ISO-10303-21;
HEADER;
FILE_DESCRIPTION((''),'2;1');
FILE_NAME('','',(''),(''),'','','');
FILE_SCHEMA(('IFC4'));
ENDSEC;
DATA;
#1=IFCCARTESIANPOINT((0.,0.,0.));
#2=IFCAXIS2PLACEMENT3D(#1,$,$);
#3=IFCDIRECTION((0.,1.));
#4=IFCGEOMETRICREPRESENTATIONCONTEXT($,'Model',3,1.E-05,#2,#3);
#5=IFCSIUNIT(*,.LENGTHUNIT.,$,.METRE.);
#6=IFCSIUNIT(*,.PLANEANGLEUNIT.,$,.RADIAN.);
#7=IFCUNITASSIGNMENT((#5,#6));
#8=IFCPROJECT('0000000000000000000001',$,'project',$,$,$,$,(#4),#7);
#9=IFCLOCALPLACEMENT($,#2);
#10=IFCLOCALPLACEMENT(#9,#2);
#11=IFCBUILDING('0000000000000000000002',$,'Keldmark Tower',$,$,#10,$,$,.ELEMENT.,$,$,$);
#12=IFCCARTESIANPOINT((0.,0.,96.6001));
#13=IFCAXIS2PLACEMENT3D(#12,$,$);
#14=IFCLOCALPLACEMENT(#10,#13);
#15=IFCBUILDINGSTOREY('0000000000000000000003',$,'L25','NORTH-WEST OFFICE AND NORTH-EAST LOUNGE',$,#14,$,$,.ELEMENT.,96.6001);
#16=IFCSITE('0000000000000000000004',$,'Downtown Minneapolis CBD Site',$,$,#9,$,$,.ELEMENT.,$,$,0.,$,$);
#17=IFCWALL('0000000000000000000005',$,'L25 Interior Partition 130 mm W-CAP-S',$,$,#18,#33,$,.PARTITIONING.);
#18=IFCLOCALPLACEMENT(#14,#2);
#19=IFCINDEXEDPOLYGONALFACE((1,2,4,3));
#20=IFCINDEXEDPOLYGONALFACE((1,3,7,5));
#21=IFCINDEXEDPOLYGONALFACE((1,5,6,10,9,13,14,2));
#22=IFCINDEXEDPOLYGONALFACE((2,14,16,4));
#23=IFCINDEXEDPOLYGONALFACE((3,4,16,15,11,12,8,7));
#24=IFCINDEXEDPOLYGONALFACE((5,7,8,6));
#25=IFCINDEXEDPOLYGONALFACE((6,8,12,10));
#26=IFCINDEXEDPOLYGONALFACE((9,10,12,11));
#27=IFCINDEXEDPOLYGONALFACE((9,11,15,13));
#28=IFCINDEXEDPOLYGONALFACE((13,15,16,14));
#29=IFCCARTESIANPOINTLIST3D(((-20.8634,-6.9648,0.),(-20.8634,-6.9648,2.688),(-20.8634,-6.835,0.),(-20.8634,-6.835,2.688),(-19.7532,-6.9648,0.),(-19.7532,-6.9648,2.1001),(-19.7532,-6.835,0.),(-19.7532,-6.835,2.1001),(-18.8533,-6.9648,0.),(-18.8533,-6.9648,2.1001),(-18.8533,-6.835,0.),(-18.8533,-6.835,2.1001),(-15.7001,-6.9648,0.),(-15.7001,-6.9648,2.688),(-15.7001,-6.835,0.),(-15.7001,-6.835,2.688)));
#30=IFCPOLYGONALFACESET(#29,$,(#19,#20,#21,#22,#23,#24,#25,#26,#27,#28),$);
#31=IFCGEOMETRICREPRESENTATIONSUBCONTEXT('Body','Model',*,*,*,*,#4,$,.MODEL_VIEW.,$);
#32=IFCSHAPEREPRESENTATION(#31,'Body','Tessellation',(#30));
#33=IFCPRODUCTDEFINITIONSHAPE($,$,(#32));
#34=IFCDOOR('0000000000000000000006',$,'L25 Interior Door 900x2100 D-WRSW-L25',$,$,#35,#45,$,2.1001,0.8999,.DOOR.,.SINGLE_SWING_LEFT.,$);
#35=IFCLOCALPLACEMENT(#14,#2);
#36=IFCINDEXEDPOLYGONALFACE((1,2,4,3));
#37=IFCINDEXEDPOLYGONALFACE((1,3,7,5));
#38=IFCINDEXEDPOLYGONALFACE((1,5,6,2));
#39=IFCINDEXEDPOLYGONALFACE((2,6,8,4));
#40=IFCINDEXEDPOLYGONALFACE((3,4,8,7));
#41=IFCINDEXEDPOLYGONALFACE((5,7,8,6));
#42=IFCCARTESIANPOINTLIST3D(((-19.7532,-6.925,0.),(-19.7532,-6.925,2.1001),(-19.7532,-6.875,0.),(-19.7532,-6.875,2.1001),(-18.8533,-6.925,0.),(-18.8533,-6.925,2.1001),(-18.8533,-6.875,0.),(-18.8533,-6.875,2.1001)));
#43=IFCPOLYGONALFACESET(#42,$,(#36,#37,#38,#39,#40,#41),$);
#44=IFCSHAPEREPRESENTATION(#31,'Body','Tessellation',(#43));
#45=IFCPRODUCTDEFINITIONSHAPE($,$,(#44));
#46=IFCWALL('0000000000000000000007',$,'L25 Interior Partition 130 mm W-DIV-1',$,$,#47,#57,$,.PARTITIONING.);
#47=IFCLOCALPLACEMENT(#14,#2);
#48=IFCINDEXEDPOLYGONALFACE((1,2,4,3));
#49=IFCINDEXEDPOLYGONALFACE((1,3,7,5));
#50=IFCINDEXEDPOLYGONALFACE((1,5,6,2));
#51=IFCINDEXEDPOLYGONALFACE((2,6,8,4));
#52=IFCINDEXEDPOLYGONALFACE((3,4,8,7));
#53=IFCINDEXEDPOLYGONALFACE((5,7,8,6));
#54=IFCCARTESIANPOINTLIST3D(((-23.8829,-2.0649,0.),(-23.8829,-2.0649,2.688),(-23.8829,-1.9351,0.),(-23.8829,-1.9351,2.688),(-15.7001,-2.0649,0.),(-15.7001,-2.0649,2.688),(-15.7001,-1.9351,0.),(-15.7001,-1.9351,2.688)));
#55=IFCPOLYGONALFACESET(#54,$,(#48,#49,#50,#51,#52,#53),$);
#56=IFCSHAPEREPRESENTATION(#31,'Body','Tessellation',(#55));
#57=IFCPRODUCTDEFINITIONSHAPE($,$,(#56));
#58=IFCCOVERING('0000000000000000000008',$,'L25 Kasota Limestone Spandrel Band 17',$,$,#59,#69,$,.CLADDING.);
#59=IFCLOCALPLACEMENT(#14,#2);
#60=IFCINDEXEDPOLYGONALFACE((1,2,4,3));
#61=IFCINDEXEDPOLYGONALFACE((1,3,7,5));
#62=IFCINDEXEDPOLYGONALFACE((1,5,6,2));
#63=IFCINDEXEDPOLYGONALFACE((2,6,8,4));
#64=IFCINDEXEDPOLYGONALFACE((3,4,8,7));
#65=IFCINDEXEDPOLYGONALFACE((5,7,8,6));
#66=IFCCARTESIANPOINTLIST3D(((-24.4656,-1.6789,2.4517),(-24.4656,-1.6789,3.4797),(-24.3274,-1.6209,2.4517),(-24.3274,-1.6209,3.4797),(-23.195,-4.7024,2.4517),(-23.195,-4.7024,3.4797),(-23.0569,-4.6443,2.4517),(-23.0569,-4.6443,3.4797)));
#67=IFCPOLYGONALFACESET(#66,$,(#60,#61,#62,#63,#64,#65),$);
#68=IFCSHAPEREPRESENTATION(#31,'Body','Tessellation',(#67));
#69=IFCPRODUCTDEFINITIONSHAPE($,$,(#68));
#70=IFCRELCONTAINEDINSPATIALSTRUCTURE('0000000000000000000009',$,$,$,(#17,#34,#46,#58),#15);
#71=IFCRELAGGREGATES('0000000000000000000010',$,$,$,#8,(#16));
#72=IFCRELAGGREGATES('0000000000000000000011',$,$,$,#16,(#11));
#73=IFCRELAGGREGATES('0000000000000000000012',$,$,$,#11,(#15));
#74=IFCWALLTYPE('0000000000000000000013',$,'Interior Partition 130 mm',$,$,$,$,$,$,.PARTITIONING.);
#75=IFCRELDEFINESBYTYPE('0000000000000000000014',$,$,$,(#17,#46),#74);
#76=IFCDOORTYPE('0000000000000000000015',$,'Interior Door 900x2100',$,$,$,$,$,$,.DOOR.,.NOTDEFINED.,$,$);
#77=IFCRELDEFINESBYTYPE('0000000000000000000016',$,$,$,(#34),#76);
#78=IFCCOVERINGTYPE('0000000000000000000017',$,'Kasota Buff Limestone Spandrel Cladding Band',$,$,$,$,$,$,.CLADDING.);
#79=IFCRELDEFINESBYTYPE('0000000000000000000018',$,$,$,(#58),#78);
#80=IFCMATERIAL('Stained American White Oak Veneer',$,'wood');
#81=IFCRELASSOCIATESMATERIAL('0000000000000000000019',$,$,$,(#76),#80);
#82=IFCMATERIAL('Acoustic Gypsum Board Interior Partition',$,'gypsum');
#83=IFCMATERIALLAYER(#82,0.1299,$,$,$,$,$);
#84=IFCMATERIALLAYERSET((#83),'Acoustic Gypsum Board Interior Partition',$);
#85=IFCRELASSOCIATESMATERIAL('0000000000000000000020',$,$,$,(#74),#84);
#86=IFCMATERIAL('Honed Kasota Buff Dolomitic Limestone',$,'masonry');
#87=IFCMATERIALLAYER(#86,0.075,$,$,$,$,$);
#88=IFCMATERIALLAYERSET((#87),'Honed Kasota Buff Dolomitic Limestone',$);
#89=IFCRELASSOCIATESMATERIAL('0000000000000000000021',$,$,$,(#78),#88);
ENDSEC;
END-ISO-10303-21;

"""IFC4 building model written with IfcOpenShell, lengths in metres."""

from ifc_helpers import new_model, si_unit, direction, frame, frame_2d, origin, origin_2d, place, context, subcontext, project, spatial, rectangle, extrude, material, layer, layer_set, type_object, element, fill, save


model = new_model("IFC4")

# Units and contexts
model_context = context("Model", 3, precision=1e-05, world=origin(), true_north=direction((0.0, 1.0)))
body_context = subcontext(model_context, "Body", "Model", "MODEL_VIEW")
ifc_project = project(units=[si_unit("LENGTHUNIT", "METRE"), si_unit("PLANEANGLEUNIT", "RADIAN")], contexts=[model_context])

# Site, building, storey
site_placement = place(None, origin())
site = spatial("IfcSite", under=ifc_project, at=site_placement, Name="Downtown Minneapolis CBD Site", CompositionType="ELEMENT", RefElevation=0.0)
building_placement = place(site_placement, origin())
building = spatial("IfcBuilding", under=site, at=building_placement, Name="Keldmark Tower", CompositionType="ELEMENT")
storey_placement = place(building_placement, frame((0.0, 0.0, 96.6001)))
storey = spatial("IfcBuildingStorey", under=building, at=storey_placement, Name="L25", Description="NORTH-WEST OFFICE AND NORTH-EAST LOUNGE", CompositionType="ELEMENT", Elevation=96.6001)

# Shared definitions
ifc_material_1 = material(Name="Stained American White Oak Veneer", Category="wood")
door_type_1 = type_object("IfcDoorType", Name="Interior Door 900x2100", OperationType="NOTDEFINED", PredefinedType="DOOR", material=ifc_material_1)

# Wall, opening, door
ifc_material_2 = material(Name="Acoustic Gypsum Board Interior Partition", Category="gypsum")
ifc_layer_1 = layer(ifc_material_2, 0.1299)
ifc_layer_set_1 = layer_set([ifc_layer_1], Name="Acoustic Gypsum Board Interior Partition")
wall_type_1 = type_object("IfcWallType", Name="Interior Partition 130 mm", PredefinedType="PARTITIONING", material=ifc_layer_set_1)
wall_1_placement = place(storey_placement, frame((-20.8633, -6.8999, 0.0), z_axis=(0.0, 0.0, 1.0), x_axis=(1.0, 0.0, 0.0)))
wall_1 = element("IfcWall", 1, at=wall_1_placement, inside=storey, type_object=wall_type_1, Name="L25 Interior Partition 130 mm W-CAP-S", PredefinedType="PARTITIONING", context=body_context, shape_type="SweptSolid", body=[
    extrude(rectangle(XDim=5.1633, YDim=0.1299, at=frame_2d((2.5815, 0.0))), origin(), (0.0, 0.0, 1.0), 2.688),
])
opening_1_placement = place(wall_1_placement, frame((1.1101, 0.0, 0.0)))
opening_1 = element("IfcOpeningElement", 2, at=opening_1_placement, cuts=wall_1, PredefinedType="OPENING", context=body_context, shape_type="SweptSolid", body=[
    extrude(rectangle(XDim=0.8999, YDim=2.1001, at=frame_2d((0.45, 1.05))), frame((0.0, 0.075, 0.0), z_axis=(0.0, -1.0, 0.0), x_axis=(1.0, 0.0, 0.0)), (0.0, 0.0, 1.0), 0.1499),
])
door_1_placement = place(opening_1_placement, origin())
door_1 = element("IfcDoor", 3, at=door_1_placement, inside=storey, type_object=door_type_1, Name="L25 Interior Door 900x2100 D-WRSW-L25", OperationType="SINGLE_SWING_LEFT", OverallHeight=2.1001, OverallWidth=0.8999, PredefinedType="DOOR", context=body_context, shape_type="SweptSolid", body=[
    extrude(rectangle(XDim=0.8999, YDim=2.1001, at=frame_2d((0.45, 1.05))), frame((0.0, 0.0249, 0.0), z_axis=(0.0, -1.0, 0.0), x_axis=(1.0, 0.0, 0.0)), (0.0, 0.0, 1.0), 0.05),
])
fill(opening_1, door_1)

# Wall
wall_2_placement = place(storey_placement, frame((-23.8828, -2.0, 0.0), z_axis=(0.0, 0.0, 1.0), x_axis=(1.0, 0.0, 0.0)))
element("IfcWall", 4, at=wall_2_placement, inside=storey, type_object=wall_type_1, Name="L25 Interior Partition 130 mm W-DIV-1", PredefinedType="PARTITIONING", context=body_context, shape_type="SweptSolid", body=[
    extrude(rectangle(XDim=8.1829, YDim=0.1299, at=frame_2d((4.0913, 0.0))), origin(), (0.0, 0.0, 1.0), 2.688),
])

# Covering
ifc_material_3 = material(Name="Honed Kasota Buff Dolomitic Limestone", Category="masonry")
ifc_layer_2 = layer(ifc_material_3, 0.075)
ifc_layer_set_2 = layer_set([ifc_layer_2], Name="Honed Kasota Buff Dolomitic Limestone")
covering_type = type_object("IfcCoveringType", Name="Kasota Buff Limestone Spandrel Cladding Band", PredefinedType="CLADDING", material=ifc_layer_set_2)
covering_placement = place(storey_placement, frame((-23.7612, -3.1616, 2.4517), z_axis=(0.0, 0.0, 1.0), x_axis=(0.387419, -0.921904, 0.0)))
element("IfcCovering", 5, at=covering_placement, inside=storey, type_object=covering_type, Name="L25 Kasota Limestone Spandrel Band 17", PredefinedType="CLADDING", context=body_context, shape_type="SweptSolid", body=[
    extrude(rectangle(XDim=3.2795, YDim=0.1499, at=origin_2d()), origin(), (0.0, 0.0, 1.0), 1.0281),
])

save(model, "model.ifc")
